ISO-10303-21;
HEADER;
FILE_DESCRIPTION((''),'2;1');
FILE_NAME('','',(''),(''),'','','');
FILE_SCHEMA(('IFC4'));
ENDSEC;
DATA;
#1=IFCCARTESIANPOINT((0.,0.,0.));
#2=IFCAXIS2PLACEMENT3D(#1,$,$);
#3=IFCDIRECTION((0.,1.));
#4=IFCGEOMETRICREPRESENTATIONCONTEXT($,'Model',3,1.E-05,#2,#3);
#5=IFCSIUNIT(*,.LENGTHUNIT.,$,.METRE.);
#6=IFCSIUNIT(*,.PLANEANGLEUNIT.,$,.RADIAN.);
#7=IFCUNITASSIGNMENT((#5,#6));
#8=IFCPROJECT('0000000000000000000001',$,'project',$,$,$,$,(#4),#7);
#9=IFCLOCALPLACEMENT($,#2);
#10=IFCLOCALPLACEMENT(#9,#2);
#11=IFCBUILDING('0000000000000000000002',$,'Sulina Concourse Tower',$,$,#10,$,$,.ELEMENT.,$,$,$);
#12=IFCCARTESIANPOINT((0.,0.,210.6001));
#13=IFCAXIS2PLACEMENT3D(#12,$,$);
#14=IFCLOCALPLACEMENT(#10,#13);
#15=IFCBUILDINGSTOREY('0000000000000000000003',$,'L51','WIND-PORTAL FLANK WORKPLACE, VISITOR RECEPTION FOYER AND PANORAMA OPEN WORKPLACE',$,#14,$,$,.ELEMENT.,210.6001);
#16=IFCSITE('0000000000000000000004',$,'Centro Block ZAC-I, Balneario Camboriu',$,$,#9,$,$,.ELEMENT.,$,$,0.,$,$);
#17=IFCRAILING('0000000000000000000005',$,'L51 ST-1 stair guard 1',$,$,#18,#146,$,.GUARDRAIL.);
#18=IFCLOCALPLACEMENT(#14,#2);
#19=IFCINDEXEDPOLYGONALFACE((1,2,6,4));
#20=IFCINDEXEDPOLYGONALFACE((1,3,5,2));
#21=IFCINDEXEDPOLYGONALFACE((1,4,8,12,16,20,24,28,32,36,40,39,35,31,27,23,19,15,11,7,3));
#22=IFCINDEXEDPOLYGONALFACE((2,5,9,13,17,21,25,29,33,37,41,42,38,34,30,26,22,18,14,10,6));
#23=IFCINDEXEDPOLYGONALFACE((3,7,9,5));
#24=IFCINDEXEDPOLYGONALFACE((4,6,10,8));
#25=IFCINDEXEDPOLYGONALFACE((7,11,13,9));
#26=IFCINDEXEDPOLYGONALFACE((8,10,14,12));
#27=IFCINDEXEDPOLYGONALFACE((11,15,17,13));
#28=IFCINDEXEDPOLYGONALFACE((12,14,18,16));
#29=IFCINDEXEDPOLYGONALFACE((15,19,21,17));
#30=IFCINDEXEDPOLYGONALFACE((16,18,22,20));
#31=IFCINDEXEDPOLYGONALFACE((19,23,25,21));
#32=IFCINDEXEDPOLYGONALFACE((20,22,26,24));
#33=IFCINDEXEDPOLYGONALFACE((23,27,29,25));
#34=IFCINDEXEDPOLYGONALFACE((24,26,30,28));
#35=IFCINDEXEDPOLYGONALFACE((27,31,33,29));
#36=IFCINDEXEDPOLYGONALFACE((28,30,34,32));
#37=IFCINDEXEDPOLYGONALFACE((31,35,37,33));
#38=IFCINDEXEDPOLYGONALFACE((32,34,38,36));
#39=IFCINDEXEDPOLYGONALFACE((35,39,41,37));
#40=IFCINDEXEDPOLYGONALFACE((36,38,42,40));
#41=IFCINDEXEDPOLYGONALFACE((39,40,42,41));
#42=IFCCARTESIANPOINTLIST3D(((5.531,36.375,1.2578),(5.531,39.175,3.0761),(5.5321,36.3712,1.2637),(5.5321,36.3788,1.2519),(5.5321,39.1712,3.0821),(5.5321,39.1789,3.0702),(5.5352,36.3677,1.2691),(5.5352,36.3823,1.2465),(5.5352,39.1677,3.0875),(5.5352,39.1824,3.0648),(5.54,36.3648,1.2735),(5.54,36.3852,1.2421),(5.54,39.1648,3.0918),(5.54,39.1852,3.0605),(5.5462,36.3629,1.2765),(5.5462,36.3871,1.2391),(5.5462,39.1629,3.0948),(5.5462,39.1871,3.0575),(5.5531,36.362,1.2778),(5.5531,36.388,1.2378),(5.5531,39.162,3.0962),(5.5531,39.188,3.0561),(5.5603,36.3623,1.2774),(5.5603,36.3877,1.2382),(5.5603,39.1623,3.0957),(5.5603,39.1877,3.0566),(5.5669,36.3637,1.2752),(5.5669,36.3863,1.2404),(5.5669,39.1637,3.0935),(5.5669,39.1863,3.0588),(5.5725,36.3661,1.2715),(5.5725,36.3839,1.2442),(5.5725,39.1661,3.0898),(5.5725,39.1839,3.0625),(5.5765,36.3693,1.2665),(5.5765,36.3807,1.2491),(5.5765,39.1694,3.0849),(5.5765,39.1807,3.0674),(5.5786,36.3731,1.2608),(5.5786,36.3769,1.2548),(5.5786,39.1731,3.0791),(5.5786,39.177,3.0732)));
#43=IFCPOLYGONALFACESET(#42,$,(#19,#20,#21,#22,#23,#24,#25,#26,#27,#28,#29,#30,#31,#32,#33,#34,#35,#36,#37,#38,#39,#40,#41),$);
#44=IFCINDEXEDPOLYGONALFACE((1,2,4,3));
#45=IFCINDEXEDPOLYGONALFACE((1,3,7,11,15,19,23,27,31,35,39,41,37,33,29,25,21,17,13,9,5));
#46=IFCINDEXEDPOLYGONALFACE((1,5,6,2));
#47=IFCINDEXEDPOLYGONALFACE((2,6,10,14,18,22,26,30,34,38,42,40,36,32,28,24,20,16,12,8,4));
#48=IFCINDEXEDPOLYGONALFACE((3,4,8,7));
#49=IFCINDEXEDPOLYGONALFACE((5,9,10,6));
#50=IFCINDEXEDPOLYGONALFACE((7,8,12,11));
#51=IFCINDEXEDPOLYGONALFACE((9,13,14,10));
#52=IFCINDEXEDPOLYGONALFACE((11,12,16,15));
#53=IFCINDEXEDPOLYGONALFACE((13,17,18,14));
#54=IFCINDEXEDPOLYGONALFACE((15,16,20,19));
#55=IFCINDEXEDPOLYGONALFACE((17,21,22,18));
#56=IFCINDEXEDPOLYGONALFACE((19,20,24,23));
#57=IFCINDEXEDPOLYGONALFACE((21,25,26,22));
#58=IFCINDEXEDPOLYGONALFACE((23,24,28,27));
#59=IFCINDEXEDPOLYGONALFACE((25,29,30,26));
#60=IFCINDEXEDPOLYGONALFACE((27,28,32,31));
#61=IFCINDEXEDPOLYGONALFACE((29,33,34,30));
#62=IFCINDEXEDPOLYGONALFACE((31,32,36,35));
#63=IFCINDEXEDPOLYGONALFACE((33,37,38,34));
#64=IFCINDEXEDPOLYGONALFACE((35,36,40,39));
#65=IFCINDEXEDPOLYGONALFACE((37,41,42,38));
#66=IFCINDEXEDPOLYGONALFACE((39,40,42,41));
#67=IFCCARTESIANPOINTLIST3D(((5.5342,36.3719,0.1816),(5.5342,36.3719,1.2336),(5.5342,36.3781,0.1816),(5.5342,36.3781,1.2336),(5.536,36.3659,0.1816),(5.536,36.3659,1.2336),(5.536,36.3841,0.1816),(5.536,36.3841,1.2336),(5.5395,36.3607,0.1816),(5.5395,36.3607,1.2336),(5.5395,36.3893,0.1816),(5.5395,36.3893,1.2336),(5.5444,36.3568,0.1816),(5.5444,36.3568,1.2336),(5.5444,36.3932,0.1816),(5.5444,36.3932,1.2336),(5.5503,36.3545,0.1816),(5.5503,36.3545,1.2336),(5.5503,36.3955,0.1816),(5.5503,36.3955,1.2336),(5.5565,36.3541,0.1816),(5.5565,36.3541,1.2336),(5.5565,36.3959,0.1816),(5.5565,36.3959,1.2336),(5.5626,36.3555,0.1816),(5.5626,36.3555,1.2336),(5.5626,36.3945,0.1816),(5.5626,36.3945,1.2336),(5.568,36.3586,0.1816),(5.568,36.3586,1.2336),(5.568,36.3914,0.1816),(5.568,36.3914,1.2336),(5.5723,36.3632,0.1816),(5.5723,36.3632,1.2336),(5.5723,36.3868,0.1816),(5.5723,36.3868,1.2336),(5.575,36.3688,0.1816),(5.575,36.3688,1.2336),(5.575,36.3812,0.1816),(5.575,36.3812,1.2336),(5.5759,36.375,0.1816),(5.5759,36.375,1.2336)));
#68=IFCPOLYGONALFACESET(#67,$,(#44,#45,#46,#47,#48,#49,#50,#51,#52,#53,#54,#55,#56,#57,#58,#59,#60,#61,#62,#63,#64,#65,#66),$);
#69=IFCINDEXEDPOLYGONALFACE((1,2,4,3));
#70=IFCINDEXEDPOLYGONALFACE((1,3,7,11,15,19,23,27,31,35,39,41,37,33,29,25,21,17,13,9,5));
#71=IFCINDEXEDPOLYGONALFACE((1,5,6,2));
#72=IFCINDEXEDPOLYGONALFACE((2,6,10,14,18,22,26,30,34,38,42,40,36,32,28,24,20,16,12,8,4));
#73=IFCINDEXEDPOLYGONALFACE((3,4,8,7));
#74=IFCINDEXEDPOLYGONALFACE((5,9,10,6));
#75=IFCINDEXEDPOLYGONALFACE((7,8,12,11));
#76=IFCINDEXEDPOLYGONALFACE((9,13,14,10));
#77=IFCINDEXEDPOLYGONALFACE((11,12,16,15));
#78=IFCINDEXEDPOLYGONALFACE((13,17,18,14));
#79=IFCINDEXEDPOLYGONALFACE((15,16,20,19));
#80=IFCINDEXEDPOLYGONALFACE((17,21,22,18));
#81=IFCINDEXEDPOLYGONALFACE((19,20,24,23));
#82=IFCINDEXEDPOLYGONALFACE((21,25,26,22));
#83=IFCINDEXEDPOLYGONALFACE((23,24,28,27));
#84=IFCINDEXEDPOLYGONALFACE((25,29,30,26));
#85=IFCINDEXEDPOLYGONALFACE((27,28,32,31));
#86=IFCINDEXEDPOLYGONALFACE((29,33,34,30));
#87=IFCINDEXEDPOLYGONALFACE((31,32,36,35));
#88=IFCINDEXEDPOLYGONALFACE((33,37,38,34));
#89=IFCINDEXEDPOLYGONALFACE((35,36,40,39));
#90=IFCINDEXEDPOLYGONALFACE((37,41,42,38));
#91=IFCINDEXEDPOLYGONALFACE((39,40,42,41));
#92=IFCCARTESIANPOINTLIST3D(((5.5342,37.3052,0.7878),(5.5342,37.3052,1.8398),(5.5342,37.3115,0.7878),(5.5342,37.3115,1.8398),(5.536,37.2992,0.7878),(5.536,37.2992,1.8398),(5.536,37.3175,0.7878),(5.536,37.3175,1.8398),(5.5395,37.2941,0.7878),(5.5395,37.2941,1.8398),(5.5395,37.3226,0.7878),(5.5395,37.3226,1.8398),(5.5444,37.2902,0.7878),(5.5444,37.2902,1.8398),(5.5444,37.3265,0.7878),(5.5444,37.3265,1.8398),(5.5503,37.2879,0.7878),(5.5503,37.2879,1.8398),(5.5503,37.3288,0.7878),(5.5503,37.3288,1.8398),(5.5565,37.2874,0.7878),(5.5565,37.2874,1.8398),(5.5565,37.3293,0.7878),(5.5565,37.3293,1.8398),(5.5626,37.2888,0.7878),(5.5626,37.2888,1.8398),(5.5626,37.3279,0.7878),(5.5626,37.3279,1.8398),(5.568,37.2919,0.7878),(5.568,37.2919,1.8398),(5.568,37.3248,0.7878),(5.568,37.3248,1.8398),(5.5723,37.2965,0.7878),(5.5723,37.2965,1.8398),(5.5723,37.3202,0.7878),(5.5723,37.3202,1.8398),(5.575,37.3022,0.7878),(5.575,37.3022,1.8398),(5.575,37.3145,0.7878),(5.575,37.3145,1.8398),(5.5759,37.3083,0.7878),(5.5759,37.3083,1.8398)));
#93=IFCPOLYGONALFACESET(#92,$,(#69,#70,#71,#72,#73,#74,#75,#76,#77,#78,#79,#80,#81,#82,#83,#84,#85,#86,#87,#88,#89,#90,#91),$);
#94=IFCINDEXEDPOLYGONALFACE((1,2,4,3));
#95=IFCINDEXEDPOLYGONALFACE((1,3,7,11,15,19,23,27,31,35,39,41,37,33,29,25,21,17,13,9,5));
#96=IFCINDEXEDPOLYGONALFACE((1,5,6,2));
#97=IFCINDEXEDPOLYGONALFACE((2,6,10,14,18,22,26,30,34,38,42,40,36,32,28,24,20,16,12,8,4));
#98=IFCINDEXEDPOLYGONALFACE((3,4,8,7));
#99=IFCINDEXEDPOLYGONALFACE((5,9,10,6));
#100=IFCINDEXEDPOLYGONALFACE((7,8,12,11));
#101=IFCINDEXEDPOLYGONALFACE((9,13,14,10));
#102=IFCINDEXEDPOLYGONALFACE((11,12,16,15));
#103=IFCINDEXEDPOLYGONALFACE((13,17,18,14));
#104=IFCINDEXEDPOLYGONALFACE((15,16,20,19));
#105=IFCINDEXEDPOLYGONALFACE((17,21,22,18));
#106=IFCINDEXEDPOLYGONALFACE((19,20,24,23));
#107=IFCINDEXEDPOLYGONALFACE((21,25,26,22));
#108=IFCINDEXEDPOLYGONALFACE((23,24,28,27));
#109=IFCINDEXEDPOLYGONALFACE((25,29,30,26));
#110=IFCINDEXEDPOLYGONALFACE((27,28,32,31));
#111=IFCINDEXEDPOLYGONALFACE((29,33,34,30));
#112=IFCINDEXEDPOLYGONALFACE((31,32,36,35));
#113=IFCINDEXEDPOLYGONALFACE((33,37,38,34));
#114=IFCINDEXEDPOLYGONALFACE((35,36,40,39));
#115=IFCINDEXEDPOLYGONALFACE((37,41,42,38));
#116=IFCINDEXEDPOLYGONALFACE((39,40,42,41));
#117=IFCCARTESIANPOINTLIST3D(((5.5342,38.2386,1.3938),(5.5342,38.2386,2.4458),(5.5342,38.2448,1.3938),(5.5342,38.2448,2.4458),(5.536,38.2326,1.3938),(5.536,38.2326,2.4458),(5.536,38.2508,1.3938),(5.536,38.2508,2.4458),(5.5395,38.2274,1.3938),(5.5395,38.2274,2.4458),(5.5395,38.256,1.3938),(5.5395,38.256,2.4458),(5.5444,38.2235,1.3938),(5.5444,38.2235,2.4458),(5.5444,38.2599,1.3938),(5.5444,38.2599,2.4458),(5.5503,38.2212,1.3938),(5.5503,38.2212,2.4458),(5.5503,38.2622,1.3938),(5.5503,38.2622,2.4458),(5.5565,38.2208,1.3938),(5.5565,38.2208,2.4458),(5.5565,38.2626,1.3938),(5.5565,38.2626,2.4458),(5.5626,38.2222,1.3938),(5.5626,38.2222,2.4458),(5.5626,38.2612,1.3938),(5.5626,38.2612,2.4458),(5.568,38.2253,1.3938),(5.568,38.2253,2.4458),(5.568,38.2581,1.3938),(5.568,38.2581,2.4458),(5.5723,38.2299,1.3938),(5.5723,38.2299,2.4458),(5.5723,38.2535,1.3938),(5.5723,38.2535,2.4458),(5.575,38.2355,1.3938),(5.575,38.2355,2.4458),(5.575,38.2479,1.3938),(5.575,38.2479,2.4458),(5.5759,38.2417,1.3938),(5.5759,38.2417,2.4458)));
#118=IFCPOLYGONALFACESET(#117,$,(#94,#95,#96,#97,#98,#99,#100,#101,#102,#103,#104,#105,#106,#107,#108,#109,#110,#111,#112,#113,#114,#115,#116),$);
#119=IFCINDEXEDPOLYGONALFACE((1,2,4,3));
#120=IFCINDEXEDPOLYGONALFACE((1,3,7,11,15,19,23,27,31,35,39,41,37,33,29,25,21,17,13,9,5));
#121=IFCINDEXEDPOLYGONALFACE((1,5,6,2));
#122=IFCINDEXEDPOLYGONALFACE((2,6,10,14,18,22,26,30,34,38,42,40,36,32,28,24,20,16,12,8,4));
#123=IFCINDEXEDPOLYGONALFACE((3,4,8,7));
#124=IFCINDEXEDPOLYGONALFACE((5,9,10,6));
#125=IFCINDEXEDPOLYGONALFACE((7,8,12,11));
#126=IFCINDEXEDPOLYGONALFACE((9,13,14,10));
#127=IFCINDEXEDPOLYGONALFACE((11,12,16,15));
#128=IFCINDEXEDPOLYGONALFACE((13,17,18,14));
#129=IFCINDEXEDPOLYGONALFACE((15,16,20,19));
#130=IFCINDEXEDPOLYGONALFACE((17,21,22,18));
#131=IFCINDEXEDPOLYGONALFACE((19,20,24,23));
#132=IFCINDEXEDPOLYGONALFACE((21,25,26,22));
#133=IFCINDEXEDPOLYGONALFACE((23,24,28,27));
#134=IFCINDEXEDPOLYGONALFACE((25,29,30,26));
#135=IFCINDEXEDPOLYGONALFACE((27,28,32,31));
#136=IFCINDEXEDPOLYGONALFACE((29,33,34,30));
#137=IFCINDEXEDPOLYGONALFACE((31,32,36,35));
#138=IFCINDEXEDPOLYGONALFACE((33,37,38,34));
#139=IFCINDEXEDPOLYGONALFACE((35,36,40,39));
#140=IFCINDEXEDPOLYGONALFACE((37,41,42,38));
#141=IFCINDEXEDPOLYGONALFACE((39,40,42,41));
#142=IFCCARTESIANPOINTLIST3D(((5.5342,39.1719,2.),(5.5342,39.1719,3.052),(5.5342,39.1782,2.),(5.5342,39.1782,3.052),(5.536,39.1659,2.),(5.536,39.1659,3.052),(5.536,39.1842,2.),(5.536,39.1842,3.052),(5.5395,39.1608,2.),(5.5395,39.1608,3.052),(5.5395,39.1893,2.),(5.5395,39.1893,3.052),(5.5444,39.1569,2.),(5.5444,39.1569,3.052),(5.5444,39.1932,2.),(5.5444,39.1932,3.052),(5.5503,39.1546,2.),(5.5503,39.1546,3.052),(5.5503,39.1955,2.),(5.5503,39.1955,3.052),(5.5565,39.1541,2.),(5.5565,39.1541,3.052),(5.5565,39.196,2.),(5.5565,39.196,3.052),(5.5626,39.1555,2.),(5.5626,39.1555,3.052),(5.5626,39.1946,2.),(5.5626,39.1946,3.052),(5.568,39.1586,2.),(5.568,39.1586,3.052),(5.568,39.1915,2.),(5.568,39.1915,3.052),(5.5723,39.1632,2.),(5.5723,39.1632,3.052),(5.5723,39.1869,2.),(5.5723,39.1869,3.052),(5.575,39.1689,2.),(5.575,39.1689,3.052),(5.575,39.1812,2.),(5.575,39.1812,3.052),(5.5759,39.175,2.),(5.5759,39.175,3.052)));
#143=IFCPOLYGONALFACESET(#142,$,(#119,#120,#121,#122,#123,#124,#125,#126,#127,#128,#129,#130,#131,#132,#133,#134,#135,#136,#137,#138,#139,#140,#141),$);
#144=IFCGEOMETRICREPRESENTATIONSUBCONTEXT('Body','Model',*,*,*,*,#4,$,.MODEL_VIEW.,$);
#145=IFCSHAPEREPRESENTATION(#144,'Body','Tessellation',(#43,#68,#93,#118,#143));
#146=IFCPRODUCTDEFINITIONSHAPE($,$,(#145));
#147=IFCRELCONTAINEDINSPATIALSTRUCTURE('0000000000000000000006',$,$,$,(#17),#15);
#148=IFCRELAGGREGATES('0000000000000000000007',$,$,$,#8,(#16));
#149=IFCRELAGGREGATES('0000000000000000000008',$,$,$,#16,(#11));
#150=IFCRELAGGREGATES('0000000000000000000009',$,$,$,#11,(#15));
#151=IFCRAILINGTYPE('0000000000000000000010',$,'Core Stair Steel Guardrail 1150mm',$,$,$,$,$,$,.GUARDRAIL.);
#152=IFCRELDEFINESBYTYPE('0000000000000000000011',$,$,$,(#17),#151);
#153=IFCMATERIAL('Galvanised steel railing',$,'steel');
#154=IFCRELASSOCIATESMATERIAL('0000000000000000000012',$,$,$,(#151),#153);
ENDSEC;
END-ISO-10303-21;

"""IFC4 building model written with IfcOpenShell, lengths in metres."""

from ifc_helpers import new_model, si_unit, direction, frame, origin, origin_2d, place, context, subcontext, project, spatial, circle, extrude, material, type_object, element, save


model = new_model("IFC4")

# Units and contexts
model_context = context("Model", 3, precision=1e-05, world=origin(), true_north=direction((0.0, 1.0)))
body_context = subcontext(model_context, "Body", "Model", "MODEL_VIEW")
ifc_project = project(units=[si_unit("LENGTHUNIT", "METRE"), si_unit("PLANEANGLEUNIT", "RADIAN")], contexts=[model_context])

# Site, building, storey
site_placement = place(None, origin())
site = spatial("IfcSite", under=ifc_project, at=site_placement, Name="Centro Block ZAC-I, Balneario Camboriu", CompositionType="ELEMENT", RefElevation=0.0)
building_placement = place(site_placement, origin())
building = spatial("IfcBuilding", under=site, at=building_placement, Name="Sulina Concourse Tower", CompositionType="ELEMENT")
storey_placement = place(building_placement, frame((0.0, 0.0, 210.6001)))
storey = spatial("IfcBuildingStorey", under=building, at=storey_placement, Name="L51", Description="WIND-PORTAL FLANK WORKPLACE, VISITOR RECEPTION FOYER AND PANORAMA OPEN WORKPLACE", CompositionType="ELEMENT", Elevation=210.6001)

# Railing
ifc_material_1 = material(Name="Galvanised steel railing", Category="steel")
railing_type_1 = type_object("IfcRailingType", Name="Core Stair Steel Guardrail 1150mm", PredefinedType="GUARDRAIL", material=ifc_material_1)
railing_1_placement = place(storey_placement, frame((5.5549, 36.375, 0.1816)))
element("IfcRailing", 1, at=railing_1_placement, inside=storey, type_object=railing_type_1, Name="L51 ST-1 stair guard 1", PredefinedType="GUARDRAIL", context=body_context, shape_type="SweptSolid", body=[
    extrude(circle(Radius=0.0239, at=origin_2d()), frame((0.0, 0.0, 1.0762), z_axis=(0.0, 0.838672, 0.544636), x_axis=(-1.0, 0.0, 0.0)), (0.0, 0.0, 1.0), 3.3386),
    extrude(circle(Radius=0.021, at=origin_2d()), origin(), (0.0, 0.0, 1.0), 1.052),
    extrude(circle(Radius=0.021, at=origin_2d()), frame((0.0, 0.9333, 0.6062)), (0.0, 0.0, 1.0), 1.052),
    extrude(circle(Radius=0.021, at=origin_2d()), frame((0.0, 1.8667, 1.2122)), (0.0, 0.0, 1.0), 1.052),
    extrude(circle(Radius=0.021, at=origin_2d()), frame((0.0, 2.8, 1.8184)), (0.0, 0.0, 1.0), 1.052),
])

save(model, "model.ifc")
